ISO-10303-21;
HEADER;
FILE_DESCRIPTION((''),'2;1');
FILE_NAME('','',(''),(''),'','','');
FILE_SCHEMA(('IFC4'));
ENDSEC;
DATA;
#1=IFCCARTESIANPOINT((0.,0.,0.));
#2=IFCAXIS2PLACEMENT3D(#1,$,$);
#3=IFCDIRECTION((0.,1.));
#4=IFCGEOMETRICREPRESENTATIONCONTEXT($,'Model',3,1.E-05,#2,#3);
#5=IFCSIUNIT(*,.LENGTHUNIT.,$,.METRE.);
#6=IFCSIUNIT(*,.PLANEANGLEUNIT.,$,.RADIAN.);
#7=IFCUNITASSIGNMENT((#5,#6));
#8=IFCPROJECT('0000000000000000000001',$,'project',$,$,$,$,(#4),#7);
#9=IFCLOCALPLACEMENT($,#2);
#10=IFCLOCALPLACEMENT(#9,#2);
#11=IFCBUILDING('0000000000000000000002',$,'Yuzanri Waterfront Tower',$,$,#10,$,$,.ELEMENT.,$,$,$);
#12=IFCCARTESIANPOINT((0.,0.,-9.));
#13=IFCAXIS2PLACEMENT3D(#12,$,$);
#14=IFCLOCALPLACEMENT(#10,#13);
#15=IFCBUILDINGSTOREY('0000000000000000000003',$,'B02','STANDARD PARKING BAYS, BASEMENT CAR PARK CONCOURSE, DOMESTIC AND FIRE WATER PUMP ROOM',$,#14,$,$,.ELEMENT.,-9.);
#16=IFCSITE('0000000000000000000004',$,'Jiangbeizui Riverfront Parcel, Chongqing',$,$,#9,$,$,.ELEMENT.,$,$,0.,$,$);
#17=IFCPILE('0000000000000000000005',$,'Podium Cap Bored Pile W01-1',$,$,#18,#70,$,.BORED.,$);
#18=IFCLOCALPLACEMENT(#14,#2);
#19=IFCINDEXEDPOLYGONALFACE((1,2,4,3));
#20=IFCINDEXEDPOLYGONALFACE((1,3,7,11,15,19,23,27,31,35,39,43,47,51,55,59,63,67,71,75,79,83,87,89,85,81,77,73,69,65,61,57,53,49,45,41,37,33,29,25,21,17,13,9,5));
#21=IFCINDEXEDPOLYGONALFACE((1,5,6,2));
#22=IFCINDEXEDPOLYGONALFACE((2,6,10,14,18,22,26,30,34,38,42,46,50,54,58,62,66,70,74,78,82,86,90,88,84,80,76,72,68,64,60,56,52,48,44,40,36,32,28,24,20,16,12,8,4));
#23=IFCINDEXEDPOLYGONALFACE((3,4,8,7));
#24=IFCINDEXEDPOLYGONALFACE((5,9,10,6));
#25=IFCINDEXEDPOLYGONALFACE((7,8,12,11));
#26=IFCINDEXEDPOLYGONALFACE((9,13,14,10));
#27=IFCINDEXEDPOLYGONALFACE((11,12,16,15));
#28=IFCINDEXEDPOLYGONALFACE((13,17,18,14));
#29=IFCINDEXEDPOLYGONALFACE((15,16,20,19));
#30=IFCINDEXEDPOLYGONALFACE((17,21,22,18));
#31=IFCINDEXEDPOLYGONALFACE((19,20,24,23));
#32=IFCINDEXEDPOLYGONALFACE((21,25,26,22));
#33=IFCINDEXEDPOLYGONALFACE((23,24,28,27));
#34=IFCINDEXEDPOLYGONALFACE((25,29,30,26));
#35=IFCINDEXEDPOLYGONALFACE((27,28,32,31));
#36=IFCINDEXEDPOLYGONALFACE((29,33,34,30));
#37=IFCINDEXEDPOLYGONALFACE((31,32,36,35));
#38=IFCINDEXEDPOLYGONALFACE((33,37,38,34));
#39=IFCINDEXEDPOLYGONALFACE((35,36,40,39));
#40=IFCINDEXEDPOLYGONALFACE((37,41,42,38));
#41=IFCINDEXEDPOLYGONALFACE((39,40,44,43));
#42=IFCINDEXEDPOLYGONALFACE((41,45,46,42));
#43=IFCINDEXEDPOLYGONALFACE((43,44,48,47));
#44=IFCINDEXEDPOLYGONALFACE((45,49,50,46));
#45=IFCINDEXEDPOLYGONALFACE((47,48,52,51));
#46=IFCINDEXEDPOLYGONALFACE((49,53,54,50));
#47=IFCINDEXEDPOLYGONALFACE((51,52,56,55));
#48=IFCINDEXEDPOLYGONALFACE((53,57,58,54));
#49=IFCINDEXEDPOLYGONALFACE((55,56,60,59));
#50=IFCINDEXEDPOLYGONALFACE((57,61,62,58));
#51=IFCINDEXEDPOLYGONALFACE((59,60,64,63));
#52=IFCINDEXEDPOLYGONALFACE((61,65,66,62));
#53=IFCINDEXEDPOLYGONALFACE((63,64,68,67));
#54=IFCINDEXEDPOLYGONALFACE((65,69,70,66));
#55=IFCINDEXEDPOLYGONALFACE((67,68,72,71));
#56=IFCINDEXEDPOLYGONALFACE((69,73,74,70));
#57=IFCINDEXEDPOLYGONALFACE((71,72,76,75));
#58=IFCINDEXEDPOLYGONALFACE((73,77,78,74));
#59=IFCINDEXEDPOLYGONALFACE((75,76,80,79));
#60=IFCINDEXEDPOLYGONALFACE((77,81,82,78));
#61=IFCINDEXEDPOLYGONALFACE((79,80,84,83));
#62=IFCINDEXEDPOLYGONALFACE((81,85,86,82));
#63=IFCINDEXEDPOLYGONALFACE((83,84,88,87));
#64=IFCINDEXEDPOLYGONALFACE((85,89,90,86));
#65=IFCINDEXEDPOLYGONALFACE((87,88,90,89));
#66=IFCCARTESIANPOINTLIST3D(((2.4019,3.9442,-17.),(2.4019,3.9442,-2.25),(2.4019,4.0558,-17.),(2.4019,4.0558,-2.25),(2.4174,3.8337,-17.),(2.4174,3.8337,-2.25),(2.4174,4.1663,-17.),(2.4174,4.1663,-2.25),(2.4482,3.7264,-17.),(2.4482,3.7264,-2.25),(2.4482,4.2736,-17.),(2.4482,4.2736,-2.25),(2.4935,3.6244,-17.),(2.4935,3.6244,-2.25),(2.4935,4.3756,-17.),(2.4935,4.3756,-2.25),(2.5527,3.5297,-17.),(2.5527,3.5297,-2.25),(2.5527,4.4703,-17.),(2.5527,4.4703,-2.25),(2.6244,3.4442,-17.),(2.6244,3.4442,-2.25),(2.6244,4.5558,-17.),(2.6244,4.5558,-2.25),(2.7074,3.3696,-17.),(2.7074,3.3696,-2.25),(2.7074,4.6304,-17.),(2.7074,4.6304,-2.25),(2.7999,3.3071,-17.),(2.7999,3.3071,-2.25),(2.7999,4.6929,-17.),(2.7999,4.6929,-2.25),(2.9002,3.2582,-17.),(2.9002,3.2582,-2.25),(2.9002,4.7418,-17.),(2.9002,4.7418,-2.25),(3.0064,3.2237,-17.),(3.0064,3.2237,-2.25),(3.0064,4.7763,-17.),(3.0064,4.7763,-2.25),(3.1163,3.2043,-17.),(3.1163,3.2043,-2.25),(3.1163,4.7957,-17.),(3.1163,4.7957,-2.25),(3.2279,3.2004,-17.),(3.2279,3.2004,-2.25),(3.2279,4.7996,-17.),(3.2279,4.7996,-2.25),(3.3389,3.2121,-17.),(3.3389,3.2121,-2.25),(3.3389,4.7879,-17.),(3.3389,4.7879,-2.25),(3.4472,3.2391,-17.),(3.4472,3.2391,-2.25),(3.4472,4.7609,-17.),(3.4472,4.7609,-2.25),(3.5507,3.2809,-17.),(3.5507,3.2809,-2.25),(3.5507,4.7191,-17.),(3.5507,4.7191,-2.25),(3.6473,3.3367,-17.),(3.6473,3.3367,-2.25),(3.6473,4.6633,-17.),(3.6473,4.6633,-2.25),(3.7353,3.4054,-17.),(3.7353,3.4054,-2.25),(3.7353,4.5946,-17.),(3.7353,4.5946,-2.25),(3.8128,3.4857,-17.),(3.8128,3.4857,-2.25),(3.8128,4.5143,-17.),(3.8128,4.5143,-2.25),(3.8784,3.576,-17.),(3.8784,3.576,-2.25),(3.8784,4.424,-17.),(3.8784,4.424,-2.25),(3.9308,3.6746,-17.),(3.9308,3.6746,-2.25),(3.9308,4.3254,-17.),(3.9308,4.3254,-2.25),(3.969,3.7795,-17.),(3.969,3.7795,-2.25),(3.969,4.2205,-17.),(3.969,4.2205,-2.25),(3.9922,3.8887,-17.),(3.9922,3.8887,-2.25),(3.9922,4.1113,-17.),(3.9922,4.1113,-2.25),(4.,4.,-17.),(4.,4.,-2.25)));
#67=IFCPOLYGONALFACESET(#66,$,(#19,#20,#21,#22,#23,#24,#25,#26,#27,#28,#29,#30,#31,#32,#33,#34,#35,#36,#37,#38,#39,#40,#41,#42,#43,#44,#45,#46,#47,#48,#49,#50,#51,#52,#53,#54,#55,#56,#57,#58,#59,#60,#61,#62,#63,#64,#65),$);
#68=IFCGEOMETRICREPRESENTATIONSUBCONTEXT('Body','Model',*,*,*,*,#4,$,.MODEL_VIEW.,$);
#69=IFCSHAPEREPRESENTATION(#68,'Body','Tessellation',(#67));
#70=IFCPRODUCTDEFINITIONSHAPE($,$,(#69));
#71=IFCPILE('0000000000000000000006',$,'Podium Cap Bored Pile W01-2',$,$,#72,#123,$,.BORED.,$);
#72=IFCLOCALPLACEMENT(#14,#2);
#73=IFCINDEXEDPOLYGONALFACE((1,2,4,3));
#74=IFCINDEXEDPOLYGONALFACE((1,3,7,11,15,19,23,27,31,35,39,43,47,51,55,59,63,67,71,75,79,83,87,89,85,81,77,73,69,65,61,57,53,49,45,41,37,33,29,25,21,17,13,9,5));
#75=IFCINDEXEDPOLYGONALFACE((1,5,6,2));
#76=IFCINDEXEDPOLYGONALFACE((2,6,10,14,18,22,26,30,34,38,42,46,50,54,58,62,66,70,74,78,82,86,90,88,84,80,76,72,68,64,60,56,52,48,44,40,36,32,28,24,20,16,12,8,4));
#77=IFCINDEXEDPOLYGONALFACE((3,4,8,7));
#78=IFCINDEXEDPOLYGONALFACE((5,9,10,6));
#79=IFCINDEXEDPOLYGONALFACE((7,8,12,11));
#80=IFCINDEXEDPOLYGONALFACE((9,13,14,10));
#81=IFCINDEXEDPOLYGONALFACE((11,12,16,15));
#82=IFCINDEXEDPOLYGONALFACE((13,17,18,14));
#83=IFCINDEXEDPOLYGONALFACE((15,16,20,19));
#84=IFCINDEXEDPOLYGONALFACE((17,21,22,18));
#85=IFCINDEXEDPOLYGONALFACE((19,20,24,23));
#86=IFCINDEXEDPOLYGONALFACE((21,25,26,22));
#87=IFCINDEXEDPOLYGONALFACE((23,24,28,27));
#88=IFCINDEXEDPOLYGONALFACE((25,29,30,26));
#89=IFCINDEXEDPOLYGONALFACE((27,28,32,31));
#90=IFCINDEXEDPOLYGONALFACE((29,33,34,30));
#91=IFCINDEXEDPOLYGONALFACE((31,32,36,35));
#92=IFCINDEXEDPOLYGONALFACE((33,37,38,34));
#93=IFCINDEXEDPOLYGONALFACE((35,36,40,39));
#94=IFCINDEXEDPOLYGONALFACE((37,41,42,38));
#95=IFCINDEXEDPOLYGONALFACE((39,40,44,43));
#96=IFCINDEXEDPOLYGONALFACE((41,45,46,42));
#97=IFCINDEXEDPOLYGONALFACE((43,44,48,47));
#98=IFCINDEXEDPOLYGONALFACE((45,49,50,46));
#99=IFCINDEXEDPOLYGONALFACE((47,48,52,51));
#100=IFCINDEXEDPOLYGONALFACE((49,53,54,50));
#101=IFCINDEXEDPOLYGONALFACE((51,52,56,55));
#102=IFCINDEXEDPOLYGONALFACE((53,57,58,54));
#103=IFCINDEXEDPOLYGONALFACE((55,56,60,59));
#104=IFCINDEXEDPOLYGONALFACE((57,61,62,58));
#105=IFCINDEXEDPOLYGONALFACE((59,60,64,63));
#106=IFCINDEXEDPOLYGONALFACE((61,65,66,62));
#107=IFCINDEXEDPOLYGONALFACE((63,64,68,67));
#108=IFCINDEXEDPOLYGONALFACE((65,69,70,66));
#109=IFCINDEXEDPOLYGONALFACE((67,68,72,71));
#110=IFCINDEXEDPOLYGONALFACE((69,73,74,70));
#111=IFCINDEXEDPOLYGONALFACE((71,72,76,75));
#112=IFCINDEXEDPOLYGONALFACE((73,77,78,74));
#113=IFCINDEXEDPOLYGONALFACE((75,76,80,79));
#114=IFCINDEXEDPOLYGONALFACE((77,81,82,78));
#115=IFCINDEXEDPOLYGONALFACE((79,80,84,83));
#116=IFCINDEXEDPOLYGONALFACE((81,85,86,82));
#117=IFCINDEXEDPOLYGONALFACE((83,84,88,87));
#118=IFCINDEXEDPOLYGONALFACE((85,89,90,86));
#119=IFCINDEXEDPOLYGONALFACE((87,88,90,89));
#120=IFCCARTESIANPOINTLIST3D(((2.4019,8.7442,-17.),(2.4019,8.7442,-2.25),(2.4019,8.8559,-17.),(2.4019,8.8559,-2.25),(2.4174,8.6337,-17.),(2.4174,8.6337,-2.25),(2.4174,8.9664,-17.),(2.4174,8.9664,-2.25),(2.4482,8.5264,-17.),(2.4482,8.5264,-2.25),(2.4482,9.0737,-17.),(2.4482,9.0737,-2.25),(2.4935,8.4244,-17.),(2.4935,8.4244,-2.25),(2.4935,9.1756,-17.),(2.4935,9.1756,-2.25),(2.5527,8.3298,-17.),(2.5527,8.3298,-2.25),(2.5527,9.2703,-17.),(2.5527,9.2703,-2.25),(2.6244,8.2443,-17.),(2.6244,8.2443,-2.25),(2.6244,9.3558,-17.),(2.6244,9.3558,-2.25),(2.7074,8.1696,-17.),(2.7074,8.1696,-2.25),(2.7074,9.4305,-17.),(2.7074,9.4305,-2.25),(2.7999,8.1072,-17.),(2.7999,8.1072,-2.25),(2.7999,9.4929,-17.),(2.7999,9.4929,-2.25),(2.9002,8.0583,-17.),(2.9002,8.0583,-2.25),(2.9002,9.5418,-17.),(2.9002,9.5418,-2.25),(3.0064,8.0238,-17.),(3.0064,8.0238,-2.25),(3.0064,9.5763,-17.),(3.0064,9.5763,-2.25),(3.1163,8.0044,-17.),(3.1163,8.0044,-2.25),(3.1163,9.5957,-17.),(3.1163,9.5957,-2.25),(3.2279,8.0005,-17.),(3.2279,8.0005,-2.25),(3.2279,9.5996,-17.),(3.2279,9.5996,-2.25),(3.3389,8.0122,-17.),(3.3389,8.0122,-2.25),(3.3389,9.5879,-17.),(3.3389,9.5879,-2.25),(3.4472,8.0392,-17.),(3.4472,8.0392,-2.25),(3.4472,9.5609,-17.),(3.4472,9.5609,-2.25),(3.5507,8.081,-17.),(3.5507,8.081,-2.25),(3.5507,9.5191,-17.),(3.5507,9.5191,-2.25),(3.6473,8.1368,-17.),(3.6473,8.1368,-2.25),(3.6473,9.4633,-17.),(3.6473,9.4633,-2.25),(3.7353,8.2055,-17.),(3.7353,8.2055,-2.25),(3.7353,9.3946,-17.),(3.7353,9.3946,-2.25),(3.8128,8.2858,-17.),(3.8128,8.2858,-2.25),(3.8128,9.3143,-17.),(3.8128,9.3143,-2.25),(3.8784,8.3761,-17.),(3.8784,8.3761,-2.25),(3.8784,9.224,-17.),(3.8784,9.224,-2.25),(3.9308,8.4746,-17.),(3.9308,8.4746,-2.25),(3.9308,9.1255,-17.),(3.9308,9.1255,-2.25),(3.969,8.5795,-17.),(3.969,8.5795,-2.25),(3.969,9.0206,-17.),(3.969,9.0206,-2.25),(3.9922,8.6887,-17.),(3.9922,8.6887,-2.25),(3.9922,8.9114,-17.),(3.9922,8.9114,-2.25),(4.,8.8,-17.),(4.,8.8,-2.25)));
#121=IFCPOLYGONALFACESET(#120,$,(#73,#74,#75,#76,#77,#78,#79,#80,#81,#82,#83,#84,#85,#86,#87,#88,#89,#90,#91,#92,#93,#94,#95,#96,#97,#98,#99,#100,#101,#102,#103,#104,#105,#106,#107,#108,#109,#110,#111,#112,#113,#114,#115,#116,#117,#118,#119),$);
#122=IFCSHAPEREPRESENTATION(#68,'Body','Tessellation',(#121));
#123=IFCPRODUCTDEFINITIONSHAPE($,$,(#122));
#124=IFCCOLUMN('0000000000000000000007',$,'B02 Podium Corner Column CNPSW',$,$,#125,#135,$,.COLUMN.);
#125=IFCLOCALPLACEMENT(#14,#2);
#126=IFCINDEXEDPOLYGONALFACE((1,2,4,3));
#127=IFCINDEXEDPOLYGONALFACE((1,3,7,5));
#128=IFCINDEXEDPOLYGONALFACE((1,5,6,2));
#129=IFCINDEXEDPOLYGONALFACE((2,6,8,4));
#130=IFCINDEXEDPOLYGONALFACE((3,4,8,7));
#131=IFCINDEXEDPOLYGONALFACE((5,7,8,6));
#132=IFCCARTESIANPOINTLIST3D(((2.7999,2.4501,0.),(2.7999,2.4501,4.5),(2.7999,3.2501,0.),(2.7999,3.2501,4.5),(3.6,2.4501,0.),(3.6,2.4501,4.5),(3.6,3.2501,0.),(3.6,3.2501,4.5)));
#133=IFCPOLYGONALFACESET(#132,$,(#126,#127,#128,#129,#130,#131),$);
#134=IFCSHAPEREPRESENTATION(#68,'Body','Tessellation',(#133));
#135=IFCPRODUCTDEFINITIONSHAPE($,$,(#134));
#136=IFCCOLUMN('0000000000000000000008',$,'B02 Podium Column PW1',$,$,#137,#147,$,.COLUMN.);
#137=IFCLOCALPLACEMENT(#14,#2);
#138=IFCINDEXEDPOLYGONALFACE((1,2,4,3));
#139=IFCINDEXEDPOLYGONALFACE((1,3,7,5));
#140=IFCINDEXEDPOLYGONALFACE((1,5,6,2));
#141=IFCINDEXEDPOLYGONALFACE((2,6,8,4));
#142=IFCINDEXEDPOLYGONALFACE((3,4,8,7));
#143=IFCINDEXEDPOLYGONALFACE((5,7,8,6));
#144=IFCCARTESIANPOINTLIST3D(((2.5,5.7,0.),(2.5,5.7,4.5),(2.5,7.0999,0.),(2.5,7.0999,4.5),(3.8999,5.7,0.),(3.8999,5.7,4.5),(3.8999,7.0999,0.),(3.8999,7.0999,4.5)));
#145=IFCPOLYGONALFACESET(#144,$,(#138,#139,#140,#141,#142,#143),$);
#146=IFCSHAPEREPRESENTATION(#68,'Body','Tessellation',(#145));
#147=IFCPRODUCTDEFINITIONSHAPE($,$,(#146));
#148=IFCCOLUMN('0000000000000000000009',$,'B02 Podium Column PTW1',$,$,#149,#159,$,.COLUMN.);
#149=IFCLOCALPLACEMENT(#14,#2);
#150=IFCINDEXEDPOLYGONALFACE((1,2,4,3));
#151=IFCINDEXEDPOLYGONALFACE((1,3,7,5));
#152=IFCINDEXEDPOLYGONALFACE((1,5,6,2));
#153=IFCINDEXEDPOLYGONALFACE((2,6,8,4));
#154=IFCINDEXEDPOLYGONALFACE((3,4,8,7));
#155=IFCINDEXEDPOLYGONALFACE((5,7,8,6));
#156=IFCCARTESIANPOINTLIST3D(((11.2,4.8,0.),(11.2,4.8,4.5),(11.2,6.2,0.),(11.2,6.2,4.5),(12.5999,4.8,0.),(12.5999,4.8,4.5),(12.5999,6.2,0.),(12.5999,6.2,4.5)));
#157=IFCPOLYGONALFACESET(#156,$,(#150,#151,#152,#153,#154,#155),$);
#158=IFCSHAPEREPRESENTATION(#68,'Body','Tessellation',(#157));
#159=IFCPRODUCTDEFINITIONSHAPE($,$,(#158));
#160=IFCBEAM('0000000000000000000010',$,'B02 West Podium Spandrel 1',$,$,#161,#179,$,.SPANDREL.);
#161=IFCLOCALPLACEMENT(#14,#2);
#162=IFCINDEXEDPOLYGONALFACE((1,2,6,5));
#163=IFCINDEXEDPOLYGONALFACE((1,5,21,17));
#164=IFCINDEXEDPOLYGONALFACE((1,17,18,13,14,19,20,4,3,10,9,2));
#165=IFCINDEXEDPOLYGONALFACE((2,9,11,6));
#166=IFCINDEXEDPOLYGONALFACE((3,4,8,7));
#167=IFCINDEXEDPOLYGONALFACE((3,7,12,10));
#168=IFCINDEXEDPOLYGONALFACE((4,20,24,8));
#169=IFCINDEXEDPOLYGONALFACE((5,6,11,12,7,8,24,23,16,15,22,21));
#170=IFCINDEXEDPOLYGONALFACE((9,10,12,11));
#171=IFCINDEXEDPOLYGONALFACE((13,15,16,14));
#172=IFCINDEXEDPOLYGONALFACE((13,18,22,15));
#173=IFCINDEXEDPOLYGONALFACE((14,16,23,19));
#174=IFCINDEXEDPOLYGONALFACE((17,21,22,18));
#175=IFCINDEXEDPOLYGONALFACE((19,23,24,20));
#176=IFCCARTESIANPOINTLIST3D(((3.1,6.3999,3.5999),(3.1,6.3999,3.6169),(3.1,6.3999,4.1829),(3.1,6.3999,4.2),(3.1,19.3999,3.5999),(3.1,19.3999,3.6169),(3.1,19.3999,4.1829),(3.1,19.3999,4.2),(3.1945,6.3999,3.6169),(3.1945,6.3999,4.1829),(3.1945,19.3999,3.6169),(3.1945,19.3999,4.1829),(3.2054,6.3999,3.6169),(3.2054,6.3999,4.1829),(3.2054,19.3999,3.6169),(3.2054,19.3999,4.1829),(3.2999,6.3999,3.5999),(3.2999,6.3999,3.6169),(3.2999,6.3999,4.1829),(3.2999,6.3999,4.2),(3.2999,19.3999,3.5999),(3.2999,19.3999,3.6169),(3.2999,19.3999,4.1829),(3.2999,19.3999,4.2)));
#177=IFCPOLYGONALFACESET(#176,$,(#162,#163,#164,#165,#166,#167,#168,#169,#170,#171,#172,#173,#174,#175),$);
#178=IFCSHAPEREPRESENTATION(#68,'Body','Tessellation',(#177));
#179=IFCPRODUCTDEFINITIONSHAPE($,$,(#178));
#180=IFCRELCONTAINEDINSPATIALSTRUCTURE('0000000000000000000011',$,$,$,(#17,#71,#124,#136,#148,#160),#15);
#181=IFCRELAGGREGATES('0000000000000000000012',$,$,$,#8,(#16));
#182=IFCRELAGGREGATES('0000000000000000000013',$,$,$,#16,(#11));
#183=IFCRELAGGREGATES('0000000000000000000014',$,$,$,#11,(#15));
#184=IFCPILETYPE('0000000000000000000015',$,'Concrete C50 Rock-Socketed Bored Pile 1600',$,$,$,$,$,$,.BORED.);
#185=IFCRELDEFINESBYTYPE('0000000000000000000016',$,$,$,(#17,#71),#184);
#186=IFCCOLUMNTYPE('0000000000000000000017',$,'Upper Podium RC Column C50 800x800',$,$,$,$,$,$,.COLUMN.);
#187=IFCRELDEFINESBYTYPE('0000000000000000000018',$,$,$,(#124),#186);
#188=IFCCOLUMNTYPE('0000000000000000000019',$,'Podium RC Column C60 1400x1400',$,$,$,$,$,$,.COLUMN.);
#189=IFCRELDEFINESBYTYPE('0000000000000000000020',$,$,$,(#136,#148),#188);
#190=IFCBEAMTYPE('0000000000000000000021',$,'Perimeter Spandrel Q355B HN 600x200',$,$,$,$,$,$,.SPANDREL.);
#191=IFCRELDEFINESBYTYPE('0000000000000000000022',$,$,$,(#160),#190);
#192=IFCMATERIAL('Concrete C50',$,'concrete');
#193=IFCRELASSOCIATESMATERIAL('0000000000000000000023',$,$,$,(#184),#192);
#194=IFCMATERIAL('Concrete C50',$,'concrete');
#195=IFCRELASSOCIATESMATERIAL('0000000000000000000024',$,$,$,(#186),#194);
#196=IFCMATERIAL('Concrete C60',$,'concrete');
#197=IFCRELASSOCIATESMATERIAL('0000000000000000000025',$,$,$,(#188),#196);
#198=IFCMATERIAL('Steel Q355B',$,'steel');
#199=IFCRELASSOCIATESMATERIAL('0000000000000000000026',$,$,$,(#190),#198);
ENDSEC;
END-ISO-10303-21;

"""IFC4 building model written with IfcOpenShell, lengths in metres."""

from ifc_helpers import new_model, si_unit, direction, frame, origin, origin_2d, place, context, subcontext, project, spatial, rectangle, circle, i_section, extrude, source, transform, mapped, material, material_profile, profile_set, type_object, element, save


model = new_model("IFC4")

# Units and contexts
model_context = context("Model", 3, precision=1e-05, world=origin(), true_north=direction((0.0, 1.0)))
body_context = subcontext(model_context, "Body", "Model", "MODEL_VIEW")
ifc_project = project(units=[si_unit("LENGTHUNIT", "METRE"), si_unit("PLANEANGLEUNIT", "RADIAN")], contexts=[model_context])

# Site, building, storey
site_placement = place(None, origin())
site = spatial("IfcSite", under=ifc_project, at=site_placement, Name="Jiangbeizui Riverfront Parcel, Chongqing", CompositionType="ELEMENT", RefElevation=0.0)
building_placement = place(site_placement, origin())
building = spatial("IfcBuilding", under=site, at=building_placement, Name="Yuzanri Waterfront Tower", CompositionType="ELEMENT")
storey_placement = place(building_placement, frame((0.0, 0.0, -9.0)))
storey = spatial("IfcBuildingStorey", under=building, at=storey_placement, Name="B02", Description="STANDARD PARKING BAYS, BASEMENT CAR PARK CONCOURSE, DOMESTIC AND FIRE WATER PUMP ROOM", CompositionType="ELEMENT", Elevation=-9.0)

# Piles
ifc_material_1 = material(Name="Concrete C50", Category="concrete")
ifc_material_profile_1 = material_profile(ifc_material_1, circle(Radius=0.8, at=origin_2d()), Name="PILE D1600")
ifc_profile_set_1 = profile_set([ifc_material_profile_1], Name="Concrete C50")
pile_type = type_object("IfcPileType", Name="Concrete C50 Rock-Socketed Bored Pile 1600", PredefinedType="BORED", material=ifc_profile_set_1)
shared_shape_1 = source(origin(), body_context, "Body", "SweptSolid", [
    extrude(circle(Radius=0.8, at=origin_2d()), origin(), (0.0, 0.0, 1.0), 14.75),
])
for number, where, z_axis, x_axis, name in (
    (1, (3.2, 4.0, -2.25), (0.0, 0.0, -1.0), (1.0, 0.0, 0.0), "Podium Cap Bored Pile W01-1"),
    (2, (3.2, 8.8, -2.25), (0.0, 0.0, -1.0), (1.0, 0.0, 0.0), "Podium Cap Bored Pile W01-2"),
):
    element("IfcPile", number, at=place(storey_placement, frame(where, z_axis=z_axis, x_axis=x_axis)), inside=storey, type_object=pile_type, Name=name, PredefinedType="BORED", context=body_context, shape_type="MappedRepresentation", body=[
        mapped(shared_shape_1, transform((0.0, 0.0, 0.0), scale=1.0)),
    ])

# Columns
ifc_material_2 = material(Name="Concrete C50", Category="concrete")
ifc_material_profile_2 = material_profile(ifc_material_2, rectangle(XDim=0.8, YDim=0.8, at=origin_2d()), Name="RC 800x800")
ifc_profile_set_2 = profile_set([ifc_material_profile_2], Name="Concrete C50")
column_type_1 = type_object("IfcColumnType", Name="Upper Podium RC Column C50 800x800", PredefinedType="COLUMN", material=ifc_profile_set_2)
shared_shape_2 = source(origin(), body_context, "Body", "SweptSolid", [
    extrude(rectangle(XDim=0.8, YDim=0.8, at=origin_2d()), origin(), (0.0, 0.0, 1.0), 4.5),
])
column_placement = place(storey_placement, frame((3.2, 2.8501, 0.0), z_axis=(0.0, 0.0, 1.0), x_axis=(1.0, 0.0, 0.0)))
element("IfcColumn", 3, at=column_placement, inside=storey, type_object=column_type_1, Name="B02 Podium Corner Column CNPSW", PredefinedType="COLUMN", context=body_context, shape_type="MappedRepresentation", body=[
    mapped(shared_shape_2, transform((0.0, 0.0, 0.0), scale=1.0)),
])
ifc_material_3 = material(Name="Concrete C60", Category="concrete")
ifc_material_profile_3 = material_profile(ifc_material_3, rectangle(XDim=1.3999, YDim=1.3999, at=origin_2d()), Name="RC 1400x1400")
ifc_profile_set_3 = profile_set([ifc_material_profile_3], Name="Concrete C60")
column_type_2 = type_object("IfcColumnType", Name="Podium RC Column C60 1400x1400", PredefinedType="COLUMN", material=ifc_profile_set_3)
shared_shape_3 = source(origin(), body_context, "Body", "SweptSolid", [
    extrude(rectangle(XDim=1.3999, YDim=1.3999, at=origin_2d()), origin(), (0.0, 0.0, 1.0), 4.5),
])
for number, where, z_axis, x_axis, name in (
    (4, (3.2, 6.3999, 0.0), (0.0, 0.0, 1.0), (1.0, 0.0, 0.0), "B02 Podium Column PW1"),
    (5, (11.8999, 5.5, 0.0), (0.0, 0.0, 1.0), (1.0, 0.0, 0.0), "B02 Podium Column PTW1"),
):
    element("IfcColumn", number, at=place(storey_placement, frame(where, z_axis=z_axis, x_axis=x_axis)), inside=storey, type_object=column_type_2, Name=name, PredefinedType="COLUMN", context=body_context, shape_type="MappedRepresentation", body=[
        mapped(shared_shape_3, transform((0.0, 0.0, 0.0), scale=1.0)),
    ])

# Beam
ifc_material_4 = material(Name="Steel Q355B", Category="steel")
ifc_material_profile_4 = material_profile(ifc_material_4, i_section(OverallWidth=0.2, OverallDepth=0.6001, WebThickness=0.011, FlangeThickness=0.0171, at=origin_2d()), Name="HN 600x200x11x17")
ifc_profile_set_4 = profile_set([ifc_material_profile_4], Name="Steel Q355B")
beam_type_1 = type_object("IfcBeamType", Name="Perimeter Spandrel Q355B HN 600x200", PredefinedType="SPANDREL", material=ifc_profile_set_4)
shared_shape_4 = source(origin(), body_context, "Body", "SweptSolid", [
    extrude(i_section(OverallWidth=0.2, OverallDepth=0.6001, WebThickness=0.011, FlangeThickness=0.0171, at=origin_2d()), origin(), (0.0, 0.0, 1.0), 13.0),
])
beam_1_placement = place(storey_placement, frame((3.2, 6.3999, 3.8999), z_axis=(0.0, 1.0, 0.0), x_axis=(-1.0, 0.0, 0.0)))
element("IfcBeam", 6, at=beam_1_placement, inside=storey, type_object=beam_type_1, Name="B02 West Podium Spandrel 1", PredefinedType="SPANDREL", context=body_context, shape_type="MappedRepresentation", body=[
    mapped(shared_shape_4, transform((0.0, 0.0, 0.0), scale=1.0)),
])

save(model, "model.ifc")
